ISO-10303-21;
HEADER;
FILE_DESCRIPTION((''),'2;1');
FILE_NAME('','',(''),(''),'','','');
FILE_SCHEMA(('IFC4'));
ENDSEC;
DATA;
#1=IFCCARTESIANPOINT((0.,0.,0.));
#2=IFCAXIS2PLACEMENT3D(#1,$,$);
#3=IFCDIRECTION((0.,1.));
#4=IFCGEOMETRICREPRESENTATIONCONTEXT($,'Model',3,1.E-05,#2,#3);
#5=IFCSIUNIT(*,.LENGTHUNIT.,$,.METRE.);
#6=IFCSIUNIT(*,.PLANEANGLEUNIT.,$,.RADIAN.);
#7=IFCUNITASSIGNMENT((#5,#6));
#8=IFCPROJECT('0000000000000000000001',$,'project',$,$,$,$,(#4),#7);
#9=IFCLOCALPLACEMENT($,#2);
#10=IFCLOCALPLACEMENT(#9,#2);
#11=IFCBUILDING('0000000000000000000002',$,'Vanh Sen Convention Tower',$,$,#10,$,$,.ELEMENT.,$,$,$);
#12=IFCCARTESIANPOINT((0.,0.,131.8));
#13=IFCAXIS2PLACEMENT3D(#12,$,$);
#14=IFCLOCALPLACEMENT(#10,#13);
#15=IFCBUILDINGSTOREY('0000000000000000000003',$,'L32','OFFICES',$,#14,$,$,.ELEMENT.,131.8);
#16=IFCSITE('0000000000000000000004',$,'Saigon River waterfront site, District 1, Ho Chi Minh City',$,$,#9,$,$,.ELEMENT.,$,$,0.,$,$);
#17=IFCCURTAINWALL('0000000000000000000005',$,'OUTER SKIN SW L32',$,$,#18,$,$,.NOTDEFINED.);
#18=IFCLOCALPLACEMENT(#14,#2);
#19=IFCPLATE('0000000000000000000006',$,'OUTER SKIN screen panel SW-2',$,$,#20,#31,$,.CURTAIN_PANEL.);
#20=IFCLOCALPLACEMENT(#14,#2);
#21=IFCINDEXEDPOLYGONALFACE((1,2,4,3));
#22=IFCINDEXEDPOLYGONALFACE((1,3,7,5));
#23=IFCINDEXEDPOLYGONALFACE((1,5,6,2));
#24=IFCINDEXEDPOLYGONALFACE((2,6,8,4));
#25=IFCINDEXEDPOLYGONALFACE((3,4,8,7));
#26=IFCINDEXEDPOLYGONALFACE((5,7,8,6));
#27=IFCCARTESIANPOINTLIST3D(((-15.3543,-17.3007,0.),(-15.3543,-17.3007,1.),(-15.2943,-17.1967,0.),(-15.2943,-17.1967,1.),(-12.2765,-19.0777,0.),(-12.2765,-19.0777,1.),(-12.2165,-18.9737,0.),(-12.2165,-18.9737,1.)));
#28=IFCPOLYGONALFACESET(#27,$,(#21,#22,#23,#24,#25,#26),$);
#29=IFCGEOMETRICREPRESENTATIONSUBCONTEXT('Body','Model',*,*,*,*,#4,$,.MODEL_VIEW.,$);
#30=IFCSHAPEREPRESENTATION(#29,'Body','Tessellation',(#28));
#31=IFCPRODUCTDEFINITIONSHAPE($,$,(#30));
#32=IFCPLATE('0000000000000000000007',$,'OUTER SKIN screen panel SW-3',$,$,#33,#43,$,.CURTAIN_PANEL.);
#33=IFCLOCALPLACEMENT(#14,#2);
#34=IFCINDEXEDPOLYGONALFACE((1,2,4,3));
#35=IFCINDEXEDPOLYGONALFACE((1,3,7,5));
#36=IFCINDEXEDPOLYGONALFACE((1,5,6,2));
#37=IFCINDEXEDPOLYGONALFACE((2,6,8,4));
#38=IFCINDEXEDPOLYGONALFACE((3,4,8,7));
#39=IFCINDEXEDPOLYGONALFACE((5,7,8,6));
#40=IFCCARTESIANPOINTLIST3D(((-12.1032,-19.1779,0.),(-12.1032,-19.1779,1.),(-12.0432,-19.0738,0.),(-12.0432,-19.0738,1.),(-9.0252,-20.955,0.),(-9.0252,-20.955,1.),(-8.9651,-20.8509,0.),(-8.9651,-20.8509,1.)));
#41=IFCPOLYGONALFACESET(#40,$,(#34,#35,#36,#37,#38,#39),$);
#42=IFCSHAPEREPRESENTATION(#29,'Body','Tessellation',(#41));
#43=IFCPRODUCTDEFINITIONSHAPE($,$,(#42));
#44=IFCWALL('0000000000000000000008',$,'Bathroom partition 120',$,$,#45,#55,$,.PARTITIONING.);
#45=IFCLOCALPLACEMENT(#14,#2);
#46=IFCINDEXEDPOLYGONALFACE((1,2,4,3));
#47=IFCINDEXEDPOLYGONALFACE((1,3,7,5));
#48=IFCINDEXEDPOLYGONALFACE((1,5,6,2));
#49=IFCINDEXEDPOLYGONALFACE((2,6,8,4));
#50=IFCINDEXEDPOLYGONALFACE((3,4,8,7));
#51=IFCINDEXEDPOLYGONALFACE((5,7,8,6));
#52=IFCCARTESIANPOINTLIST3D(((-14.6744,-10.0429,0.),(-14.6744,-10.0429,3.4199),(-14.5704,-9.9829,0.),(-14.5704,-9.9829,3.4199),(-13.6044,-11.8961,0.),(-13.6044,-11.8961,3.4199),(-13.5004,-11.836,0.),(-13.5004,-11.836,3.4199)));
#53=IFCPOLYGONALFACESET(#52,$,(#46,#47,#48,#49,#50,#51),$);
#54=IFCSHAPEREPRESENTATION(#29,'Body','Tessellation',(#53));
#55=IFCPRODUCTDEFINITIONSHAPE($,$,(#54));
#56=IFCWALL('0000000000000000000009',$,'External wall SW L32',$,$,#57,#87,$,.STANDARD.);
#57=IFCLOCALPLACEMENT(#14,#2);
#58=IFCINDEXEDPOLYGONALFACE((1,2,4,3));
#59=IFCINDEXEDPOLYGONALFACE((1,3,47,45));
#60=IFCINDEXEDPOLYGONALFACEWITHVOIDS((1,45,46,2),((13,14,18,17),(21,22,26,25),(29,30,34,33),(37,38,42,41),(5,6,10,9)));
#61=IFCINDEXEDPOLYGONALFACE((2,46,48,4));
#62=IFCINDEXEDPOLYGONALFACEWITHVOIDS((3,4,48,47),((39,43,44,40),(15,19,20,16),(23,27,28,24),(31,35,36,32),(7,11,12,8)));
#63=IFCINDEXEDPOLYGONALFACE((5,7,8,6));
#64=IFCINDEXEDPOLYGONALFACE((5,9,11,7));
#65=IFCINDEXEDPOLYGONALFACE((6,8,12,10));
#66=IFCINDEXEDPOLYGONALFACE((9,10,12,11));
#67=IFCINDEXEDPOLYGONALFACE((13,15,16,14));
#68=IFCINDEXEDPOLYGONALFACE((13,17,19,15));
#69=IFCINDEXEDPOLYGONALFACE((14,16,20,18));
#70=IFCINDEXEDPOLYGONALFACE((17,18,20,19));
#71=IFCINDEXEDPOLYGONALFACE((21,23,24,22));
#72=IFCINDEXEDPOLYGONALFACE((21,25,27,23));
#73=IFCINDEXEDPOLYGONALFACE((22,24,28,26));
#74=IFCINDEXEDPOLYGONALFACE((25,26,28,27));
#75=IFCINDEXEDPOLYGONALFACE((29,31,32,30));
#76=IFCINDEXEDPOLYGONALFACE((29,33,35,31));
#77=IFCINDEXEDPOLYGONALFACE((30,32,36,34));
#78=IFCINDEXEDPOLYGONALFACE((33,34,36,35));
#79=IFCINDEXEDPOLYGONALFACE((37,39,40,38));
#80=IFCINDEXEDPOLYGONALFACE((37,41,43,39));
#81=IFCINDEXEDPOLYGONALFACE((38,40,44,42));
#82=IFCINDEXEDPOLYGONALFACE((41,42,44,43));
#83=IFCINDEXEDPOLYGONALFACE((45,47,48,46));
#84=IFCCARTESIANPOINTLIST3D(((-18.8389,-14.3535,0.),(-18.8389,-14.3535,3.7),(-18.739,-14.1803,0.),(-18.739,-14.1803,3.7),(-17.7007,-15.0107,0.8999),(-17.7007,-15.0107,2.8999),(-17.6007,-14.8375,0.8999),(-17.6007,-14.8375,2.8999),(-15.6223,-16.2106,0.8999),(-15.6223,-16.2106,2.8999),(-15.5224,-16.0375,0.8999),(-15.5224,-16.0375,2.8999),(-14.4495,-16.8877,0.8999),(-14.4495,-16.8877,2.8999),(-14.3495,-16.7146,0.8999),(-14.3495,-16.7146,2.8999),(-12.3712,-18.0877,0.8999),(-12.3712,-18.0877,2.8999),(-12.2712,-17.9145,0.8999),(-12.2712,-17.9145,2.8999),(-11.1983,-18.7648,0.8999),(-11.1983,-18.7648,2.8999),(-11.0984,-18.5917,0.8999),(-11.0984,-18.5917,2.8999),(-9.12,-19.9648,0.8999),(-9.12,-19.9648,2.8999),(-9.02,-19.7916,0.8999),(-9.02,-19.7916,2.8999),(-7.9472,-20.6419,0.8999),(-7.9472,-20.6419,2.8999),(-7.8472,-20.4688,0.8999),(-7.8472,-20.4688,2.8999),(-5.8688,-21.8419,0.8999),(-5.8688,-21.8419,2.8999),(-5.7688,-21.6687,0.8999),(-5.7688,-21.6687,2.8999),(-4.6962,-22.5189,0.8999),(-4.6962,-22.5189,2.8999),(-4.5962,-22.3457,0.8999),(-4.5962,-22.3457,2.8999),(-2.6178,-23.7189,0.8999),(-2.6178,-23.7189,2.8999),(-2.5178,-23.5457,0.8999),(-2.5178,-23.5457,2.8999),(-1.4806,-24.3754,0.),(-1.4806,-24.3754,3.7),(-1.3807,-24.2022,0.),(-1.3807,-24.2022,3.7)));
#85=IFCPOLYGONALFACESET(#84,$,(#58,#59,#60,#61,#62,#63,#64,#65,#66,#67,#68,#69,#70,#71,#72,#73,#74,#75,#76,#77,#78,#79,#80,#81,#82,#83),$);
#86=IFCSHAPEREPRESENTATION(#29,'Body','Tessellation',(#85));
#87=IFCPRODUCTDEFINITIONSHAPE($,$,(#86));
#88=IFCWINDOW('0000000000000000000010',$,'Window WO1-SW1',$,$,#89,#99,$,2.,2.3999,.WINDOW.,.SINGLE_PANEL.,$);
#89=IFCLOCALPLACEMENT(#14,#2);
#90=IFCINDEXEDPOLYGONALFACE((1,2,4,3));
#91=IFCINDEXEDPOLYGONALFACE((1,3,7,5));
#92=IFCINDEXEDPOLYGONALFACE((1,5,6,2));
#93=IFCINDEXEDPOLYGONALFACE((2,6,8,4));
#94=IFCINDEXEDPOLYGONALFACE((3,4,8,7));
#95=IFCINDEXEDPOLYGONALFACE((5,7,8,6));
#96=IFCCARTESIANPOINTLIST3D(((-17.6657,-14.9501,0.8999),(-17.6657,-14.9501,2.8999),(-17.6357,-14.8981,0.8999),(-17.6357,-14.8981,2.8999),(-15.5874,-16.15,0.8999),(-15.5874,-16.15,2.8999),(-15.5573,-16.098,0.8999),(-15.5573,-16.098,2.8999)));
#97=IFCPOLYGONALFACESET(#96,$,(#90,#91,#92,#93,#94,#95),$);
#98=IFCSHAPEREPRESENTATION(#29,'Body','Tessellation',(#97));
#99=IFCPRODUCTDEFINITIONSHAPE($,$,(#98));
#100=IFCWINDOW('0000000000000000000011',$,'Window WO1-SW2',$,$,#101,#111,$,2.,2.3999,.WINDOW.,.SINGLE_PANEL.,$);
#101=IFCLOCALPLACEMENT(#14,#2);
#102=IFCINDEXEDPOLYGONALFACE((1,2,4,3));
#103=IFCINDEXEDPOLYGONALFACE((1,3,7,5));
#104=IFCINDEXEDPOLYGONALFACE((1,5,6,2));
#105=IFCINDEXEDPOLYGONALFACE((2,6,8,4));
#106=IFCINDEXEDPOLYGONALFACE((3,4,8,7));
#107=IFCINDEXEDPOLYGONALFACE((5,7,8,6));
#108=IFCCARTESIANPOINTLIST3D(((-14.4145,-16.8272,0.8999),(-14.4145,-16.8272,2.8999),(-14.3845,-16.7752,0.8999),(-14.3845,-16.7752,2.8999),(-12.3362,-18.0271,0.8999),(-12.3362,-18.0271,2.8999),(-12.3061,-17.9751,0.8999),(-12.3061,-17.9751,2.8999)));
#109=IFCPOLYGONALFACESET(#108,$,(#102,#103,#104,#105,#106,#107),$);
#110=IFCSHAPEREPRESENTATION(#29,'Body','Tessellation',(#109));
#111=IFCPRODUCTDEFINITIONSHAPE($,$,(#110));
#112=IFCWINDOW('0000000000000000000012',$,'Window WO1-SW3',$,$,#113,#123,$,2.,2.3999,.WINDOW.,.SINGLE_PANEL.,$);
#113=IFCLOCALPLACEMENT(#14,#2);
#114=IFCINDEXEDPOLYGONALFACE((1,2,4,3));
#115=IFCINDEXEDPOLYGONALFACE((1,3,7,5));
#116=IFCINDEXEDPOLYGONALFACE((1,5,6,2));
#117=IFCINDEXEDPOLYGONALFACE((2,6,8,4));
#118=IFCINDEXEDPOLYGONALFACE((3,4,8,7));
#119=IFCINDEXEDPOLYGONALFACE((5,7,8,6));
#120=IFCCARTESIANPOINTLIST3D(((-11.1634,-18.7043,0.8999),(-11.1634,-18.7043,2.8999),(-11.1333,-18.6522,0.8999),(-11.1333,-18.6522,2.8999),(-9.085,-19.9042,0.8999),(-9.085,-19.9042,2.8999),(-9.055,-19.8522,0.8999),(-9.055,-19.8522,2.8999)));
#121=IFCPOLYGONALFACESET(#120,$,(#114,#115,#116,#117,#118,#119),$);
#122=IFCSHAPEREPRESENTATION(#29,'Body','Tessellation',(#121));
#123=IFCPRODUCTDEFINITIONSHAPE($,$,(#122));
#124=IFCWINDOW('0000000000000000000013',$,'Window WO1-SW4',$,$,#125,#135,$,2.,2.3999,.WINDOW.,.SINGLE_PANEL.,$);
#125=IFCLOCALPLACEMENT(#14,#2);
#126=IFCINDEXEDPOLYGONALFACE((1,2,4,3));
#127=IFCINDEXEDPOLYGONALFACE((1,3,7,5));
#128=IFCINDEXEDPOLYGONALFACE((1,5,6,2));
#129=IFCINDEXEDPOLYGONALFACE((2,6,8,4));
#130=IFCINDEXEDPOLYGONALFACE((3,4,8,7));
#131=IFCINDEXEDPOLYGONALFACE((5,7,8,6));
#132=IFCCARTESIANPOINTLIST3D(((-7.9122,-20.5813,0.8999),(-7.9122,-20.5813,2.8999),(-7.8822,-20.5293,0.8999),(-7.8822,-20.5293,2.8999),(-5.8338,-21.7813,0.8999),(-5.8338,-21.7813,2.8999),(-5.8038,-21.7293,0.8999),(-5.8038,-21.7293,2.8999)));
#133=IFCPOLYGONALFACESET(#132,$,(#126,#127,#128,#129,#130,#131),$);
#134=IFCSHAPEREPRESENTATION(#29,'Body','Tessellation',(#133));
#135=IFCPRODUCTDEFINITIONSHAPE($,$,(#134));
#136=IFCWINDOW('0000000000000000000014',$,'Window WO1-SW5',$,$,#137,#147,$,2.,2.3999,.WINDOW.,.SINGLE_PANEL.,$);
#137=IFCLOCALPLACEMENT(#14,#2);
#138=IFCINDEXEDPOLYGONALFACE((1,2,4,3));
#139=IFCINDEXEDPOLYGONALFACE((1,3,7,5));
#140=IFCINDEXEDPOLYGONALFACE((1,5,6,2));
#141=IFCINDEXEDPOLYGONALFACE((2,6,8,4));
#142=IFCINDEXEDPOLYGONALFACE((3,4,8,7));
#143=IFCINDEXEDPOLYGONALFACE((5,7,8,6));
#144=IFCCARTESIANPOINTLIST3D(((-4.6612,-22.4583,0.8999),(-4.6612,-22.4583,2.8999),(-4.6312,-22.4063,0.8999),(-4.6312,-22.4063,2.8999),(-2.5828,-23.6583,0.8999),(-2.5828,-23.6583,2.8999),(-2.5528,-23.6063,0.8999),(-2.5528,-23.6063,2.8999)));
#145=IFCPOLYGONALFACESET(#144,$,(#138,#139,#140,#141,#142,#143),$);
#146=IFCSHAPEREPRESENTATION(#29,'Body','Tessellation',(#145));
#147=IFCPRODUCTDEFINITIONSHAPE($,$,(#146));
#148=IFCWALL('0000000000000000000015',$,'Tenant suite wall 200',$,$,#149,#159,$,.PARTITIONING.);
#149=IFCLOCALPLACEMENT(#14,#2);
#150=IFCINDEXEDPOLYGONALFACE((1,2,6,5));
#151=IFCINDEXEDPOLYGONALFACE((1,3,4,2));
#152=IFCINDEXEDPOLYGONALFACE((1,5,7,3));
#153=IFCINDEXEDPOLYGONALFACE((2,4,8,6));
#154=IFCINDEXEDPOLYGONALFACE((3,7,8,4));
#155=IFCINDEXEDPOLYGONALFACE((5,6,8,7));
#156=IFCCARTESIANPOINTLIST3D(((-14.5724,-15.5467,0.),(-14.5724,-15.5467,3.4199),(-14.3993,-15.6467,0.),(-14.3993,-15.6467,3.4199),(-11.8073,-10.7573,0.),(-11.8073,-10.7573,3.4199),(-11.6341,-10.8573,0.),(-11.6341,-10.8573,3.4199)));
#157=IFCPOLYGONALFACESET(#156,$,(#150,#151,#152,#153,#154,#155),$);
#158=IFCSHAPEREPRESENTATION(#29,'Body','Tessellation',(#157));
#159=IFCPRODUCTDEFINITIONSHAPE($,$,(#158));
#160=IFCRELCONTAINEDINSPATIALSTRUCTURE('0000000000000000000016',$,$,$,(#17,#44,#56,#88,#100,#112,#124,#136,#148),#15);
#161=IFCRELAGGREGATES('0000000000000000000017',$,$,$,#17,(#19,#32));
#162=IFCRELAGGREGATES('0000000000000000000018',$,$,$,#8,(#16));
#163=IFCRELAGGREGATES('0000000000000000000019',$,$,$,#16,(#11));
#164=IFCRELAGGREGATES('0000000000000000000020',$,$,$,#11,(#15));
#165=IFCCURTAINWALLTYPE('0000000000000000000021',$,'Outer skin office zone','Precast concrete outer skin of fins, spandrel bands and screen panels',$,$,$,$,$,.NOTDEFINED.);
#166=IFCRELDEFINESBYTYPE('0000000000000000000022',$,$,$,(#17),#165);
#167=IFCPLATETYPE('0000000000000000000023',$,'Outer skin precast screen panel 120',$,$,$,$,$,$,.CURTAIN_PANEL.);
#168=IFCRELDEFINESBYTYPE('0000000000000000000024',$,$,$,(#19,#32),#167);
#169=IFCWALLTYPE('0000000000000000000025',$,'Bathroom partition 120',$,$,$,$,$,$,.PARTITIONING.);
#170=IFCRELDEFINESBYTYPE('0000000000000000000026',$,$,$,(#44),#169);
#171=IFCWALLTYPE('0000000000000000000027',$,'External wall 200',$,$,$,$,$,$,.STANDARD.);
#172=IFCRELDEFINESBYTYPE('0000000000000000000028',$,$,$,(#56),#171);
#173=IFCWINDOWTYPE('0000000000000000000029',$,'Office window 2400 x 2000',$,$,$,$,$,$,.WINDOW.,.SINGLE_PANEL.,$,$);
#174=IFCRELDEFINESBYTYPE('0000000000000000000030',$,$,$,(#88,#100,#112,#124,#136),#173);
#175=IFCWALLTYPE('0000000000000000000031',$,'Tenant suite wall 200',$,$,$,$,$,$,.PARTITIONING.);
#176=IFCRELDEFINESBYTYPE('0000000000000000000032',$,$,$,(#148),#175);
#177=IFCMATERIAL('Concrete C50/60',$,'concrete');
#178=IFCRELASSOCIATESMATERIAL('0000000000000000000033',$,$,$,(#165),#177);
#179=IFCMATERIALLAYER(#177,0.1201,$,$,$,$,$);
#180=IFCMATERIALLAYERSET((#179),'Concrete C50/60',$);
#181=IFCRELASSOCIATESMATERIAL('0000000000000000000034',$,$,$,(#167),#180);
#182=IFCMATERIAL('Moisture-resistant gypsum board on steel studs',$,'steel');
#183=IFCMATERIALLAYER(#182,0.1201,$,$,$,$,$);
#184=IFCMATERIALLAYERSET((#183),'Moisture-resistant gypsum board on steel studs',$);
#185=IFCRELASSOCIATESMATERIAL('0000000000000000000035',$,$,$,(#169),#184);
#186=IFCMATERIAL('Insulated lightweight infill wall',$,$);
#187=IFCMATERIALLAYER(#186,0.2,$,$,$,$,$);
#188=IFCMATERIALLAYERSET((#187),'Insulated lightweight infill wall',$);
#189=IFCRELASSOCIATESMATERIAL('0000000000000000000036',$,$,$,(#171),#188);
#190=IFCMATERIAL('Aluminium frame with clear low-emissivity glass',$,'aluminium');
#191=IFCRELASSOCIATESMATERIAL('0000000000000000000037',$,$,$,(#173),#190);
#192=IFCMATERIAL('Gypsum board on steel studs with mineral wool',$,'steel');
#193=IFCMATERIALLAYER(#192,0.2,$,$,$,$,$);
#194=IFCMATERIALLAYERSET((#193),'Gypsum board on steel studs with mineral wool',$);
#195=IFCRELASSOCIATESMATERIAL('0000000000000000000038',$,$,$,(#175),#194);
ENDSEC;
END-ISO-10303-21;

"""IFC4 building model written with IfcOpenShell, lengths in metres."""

from ifc_helpers import new_model, si_unit, direction, frame, frame_2d, origin, origin_2d, place, context, subcontext, project, spatial, rectangle, extrude, material, layer, layer_set, type_object, element, fill, aggregate, save


model = new_model("IFC4")

# Units and contexts
model_context = context("Model", 3, precision=1e-05, world=origin(), true_north=direction((0.0, 1.0)))
body_context = subcontext(model_context, "Body", "Model", "MODEL_VIEW")
ifc_project = project(units=[si_unit("LENGTHUNIT", "METRE"), si_unit("PLANEANGLEUNIT", "RADIAN")], contexts=[model_context])

# Site, building, storey
site_placement = place(None, origin())
site = spatial("IfcSite", under=ifc_project, at=site_placement, Name="Saigon River waterfront site, District 1, Ho Chi Minh City", CompositionType="ELEMENT", RefElevation=0.0)
building_placement = place(site_placement, origin())
building = spatial("IfcBuilding", under=site, at=building_placement, Name="Vanh Sen Convention Tower", CompositionType="ELEMENT")
storey_placement = place(building_placement, frame((0.0, 0.0, 131.8)))
storey = spatial("IfcBuildingStorey", under=building, at=storey_placement, Name="L32", Description="OFFICES", CompositionType="ELEMENT", Elevation=131.8)

# Curtain wall
ifc_material_1 = material(Name="Concrete C50/60", Category="concrete")
curtain_wall_type = type_object("IfcCurtainWallType", Name="Outer skin office zone", Description="Precast concrete outer skin of fins, spandrel bands and screen panels", PredefinedType="NOTDEFINED", material=ifc_material_1)
curtain_wall_1_placement = place(storey_placement, origin())
curtain_wall_1 = element("IfcCurtainWall", 1, at=curtain_wall_1_placement, inside=storey, type_object=curtain_wall_type, Name="OUTER SKIN SW L32", PredefinedType="NOTDEFINED")

# Shared definitions
ifc_layer_1 = layer(ifc_material_1, 0.1201)
ifc_layer_set_1 = layer_set([ifc_layer_1], Name="Concrete C50/60")
plate_type = type_object("IfcPlateType", Name="Outer skin precast screen panel 120", PredefinedType="CURTAIN_PANEL", material=ifc_layer_set_1)

# Plates
plate_1_placement = place(storey_placement, frame((-13.7854, -18.1372, 0.0), z_axis=(0.0, 0.0, 1.0), x_axis=(0.866028, -0.499995, 0.0)))
plate_1 = element("IfcPlate", 2, at=plate_1_placement, type_object=plate_type, Name="OUTER SKIN screen panel SW-2", PredefinedType="CURTAIN_PANEL", context=body_context, shape_type="SweptSolid", body=[
    extrude(rectangle(XDim=3.554, YDim=0.1201, at=origin_2d()), origin(), (0.0, 0.0, 1.0), 1.0),
])
plate_2_placement = place(storey_placement, frame((-10.5342, -20.0144, 0.0), z_axis=(0.0, 0.0, 1.0), x_axis=(0.866024, -0.500003, 0.0)))
plate_2 = element("IfcPlate", 3, at=plate_2_placement, type_object=plate_type, Name="OUTER SKIN screen panel SW-3", PredefinedType="CURTAIN_PANEL", context=body_context, shape_type="SweptSolid", body=[
    extrude(rectangle(XDim=3.5542, YDim=0.1201, at=origin_2d()), origin(), (0.0, 0.0, 1.0), 1.0),
])
aggregate(curtain_wall_1, [plate_1, plate_2])

# Wall
ifc_material_2 = material(Name="Moisture-resistant gypsum board on steel studs", Category="steel")
ifc_layer_2 = layer(ifc_material_2, 0.1201)
ifc_layer_set_2 = layer_set([ifc_layer_2], Name="Moisture-resistant gypsum board on steel studs")
wall_type_1 = type_object("IfcWallType", Name="Bathroom partition 120", PredefinedType="PARTITIONING", material=ifc_layer_set_2)
wall_1_placement = place(storey_placement, frame((-13.5525, -11.866, 0.0), z_axis=(0.0, 0.0, 1.0), x_axis=(-0.500029, 0.866009, 0.0)))
element("IfcWall", 4, at=wall_1_placement, inside=storey, type_object=wall_type_1, Name="Bathroom partition 120", PredefinedType="PARTITIONING", context=body_context, shape_type="SweptSolid", body=[
    extrude(rectangle(XDim=2.1399, YDim=0.1201, at=frame_2d((1.0698, 0.0))), origin(), (0.0, 0.0, 1.0), 3.4199),
])

# Wall, openings, windows
ifc_material_3 = material(Name="Insulated lightweight infill wall")
ifc_layer_3 = layer(ifc_material_3, 0.2)
ifc_layer_set_3 = layer_set([ifc_layer_3], Name="Insulated lightweight infill wall")
wall_type_2 = type_object("IfcWallType", Name="External wall 200", PredefinedType="STANDARD", material=ifc_layer_set_3)
wall_2_placement = place(storey_placement, frame((-18.7891, -14.2668, 0.0), z_axis=(0.0, 0.0, 1.0), x_axis=(0.866023, -0.500004, 0.0)))
wall_2 = element("IfcWall", 5, at=wall_2_placement, inside=storey, type_object=wall_type_2, Name="External wall SW L32", PredefinedType="STANDARD", context=body_context, shape_type="SweptSolid", body=[
    extrude(rectangle(XDim=20.0437, YDim=0.2, at=frame_2d((10.022, 0.0))), origin(), (0.0, 0.0, 1.0), 3.7),
])
opening_1_placement = place(wall_2_placement, frame((1.3145, 0.0, 0.8999)))
opening_1 = element("IfcOpeningElement", 6, at=opening_1_placement, cuts=wall_2, PredefinedType="OPENING", context=body_context, shape_type="SweptSolid", body=[
    extrude(rectangle(XDim=2.3999, YDim=2.0, at=frame_2d((1.2, 1.0))), frame((0.0, 0.1099, 0.0), z_axis=(0.0, -1.0, 0.0), x_axis=(1.0, 0.0, 0.0)), (0.0, 0.0, 1.0), 0.22),
])
opening_2_placement = place(wall_2_placement, frame((5.0686, 0.0, 0.8999)))
opening_2 = element("IfcOpeningElement", 7, at=opening_2_placement, cuts=wall_2, PredefinedType="OPENING", context=body_context, shape_type="SweptSolid", body=[
    extrude(rectangle(XDim=2.3999, YDim=2.0, at=frame_2d((1.2, 1.0))), frame((0.0, 0.1099, 0.0), z_axis=(0.0, -1.0, 0.0), x_axis=(1.0, 0.0, 0.0)), (0.0, 0.0, 1.0), 0.22),
])
opening_3_placement = place(wall_2_placement, frame((8.8228, 0.0, 0.8999)))
opening_3 = element("IfcOpeningElement", 8, at=opening_3_placement, cuts=wall_2, PredefinedType="OPENING", context=body_context, shape_type="SweptSolid", body=[
    extrude(rectangle(XDim=2.3999, YDim=2.0, at=frame_2d((1.2, 1.0))), frame((0.0, 0.1099, 0.0), z_axis=(0.0, -1.0, 0.0), x_axis=(1.0, 0.0, 0.0)), (0.0, 0.0, 1.0), 0.22),
])
opening_4_placement = place(wall_2_placement, frame((12.5769, 0.0, 0.8999)))
opening_4 = element("IfcOpeningElement", 9, at=opening_4_placement, cuts=wall_2, PredefinedType="OPENING", context=body_context, shape_type="SweptSolid", body=[
    extrude(rectangle(XDim=2.3999, YDim=2.0, at=frame_2d((1.2, 1.0))), frame((0.0, 0.1099, 0.0), z_axis=(0.0, -1.0, 0.0), x_axis=(1.0, 0.0, 0.0)), (0.0, 0.0, 1.0), 0.22),
])
opening_5_placement = place(wall_2_placement, frame((16.3308, 0.0, 0.8999)))
opening_5 = element("IfcOpeningElement", 10, at=opening_5_placement, cuts=wall_2, PredefinedType="OPENING", context=body_context, shape_type="SweptSolid", body=[
    extrude(rectangle(XDim=2.3999, YDim=2.0, at=frame_2d((1.2, 1.0))), frame((0.0, 0.1099, 0.0), z_axis=(0.0, -1.0, 0.0), x_axis=(1.0, 0.0, 0.0)), (0.0, 0.0, 1.0), 0.22),
])
ifc_material_4 = material(Name="Aluminium frame with clear low-emissivity glass", Category="aluminium")
window_type = type_object("IfcWindowType", Name="Office window 2400 x 2000", PartitioningType="SINGLE_PANEL", PredefinedType="WINDOW", material=ifc_material_4)
window_1_placement = place(opening_1_placement, origin())
window_1 = element("IfcWindow", 11, at=window_1_placement, inside=storey, type_object=window_type, Name="Window WO1-SW1", OverallHeight=2.0, OverallWidth=2.3999, PartitioningType="SINGLE_PANEL", PredefinedType="WINDOW", context=body_context, shape_type="SweptSolid", body=[
    extrude(rectangle(XDim=2.3999, YDim=2.0, at=frame_2d((1.2, 1.0))), frame((0.0, 0.03, 0.0), z_axis=(0.0, -1.0, 0.0), x_axis=(1.0, 0.0, 0.0)), (0.0, 0.0, 1.0), 0.0601),
])
fill(opening_1, window_1)
window_2_placement = place(opening_2_placement, origin())
window_2 = element("IfcWindow", 12, at=window_2_placement, inside=storey, type_object=window_type, Name="Window WO1-SW2", OverallHeight=2.0, OverallWidth=2.3999, PartitioningType="SINGLE_PANEL", PredefinedType="WINDOW", context=body_context, shape_type="SweptSolid", body=[
    extrude(rectangle(XDim=2.3999, YDim=2.0, at=frame_2d((1.2, 1.0))), frame((0.0, 0.03, 0.0), z_axis=(0.0, -1.0, 0.0), x_axis=(1.0, 0.0, 0.0)), (0.0, 0.0, 1.0), 0.0601),
])
fill(opening_2, window_2)
window_3_placement = place(opening_3_placement, origin())
window_3 = element("IfcWindow", 13, at=window_3_placement, inside=storey, type_object=window_type, Name="Window WO1-SW3", OverallHeight=2.0, OverallWidth=2.3999, PartitioningType="SINGLE_PANEL", PredefinedType="WINDOW", context=body_context, shape_type="SweptSolid", body=[
    extrude(rectangle(XDim=2.3999, YDim=2.0, at=frame_2d((1.2, 1.0))), frame((0.0, 0.03, 0.0), z_axis=(0.0, -1.0, 0.0), x_axis=(1.0, 0.0, 0.0)), (0.0, 0.0, 1.0), 0.0601),
])
fill(opening_3, window_3)
window_4_placement = place(opening_4_placement, origin())
window_4 = element("IfcWindow", 14, at=window_4_placement, inside=storey, type_object=window_type, Name="Window WO1-SW4", OverallHeight=2.0, OverallWidth=2.3999, PartitioningType="SINGLE_PANEL", PredefinedType="WINDOW", context=body_context, shape_type="SweptSolid", body=[
    extrude(rectangle(XDim=2.3999, YDim=2.0, at=frame_2d((1.2, 1.0))), frame((0.0, 0.03, 0.0), z_axis=(0.0, -1.0, 0.0), x_axis=(1.0, 0.0, 0.0)), (0.0, 0.0, 1.0), 0.0601),
])
fill(opening_4, window_4)
window_5_placement = place(opening_5_placement, origin())
window_5 = element("IfcWindow", 15, at=window_5_placement, inside=storey, type_object=window_type, Name="Window WO1-SW5", OverallHeight=2.0, OverallWidth=2.3999, PartitioningType="SINGLE_PANEL", PredefinedType="WINDOW", context=body_context, shape_type="SweptSolid", body=[
    extrude(rectangle(XDim=2.3999, YDim=2.0, at=frame_2d((1.2, 1.0))), frame((0.0, 0.03, 0.0), z_axis=(0.0, -1.0, 0.0), x_axis=(1.0, 0.0, 0.0)), (0.0, 0.0, 1.0), 0.0601),
])
fill(opening_5, window_5)

# Wall
ifc_material_5 = material(Name="Gypsum board on steel studs with mineral wool", Category="steel")
ifc_layer_4 = layer(ifc_material_5, 0.2)
ifc_layer_set_4 = layer_set([ifc_layer_4], Name="Gypsum board on steel studs with mineral wool")
wall_type_3 = type_object("IfcWallType", Name="Tenant suite wall 200", PredefinedType="PARTITIONING", material=ifc_layer_set_4)
wall_3_placement = place(storey_placement, frame((-14.4858, -15.5967, 0.0), z_axis=(0.0, 0.0, 1.0), x_axis=(0.500004, 0.866023, 0.0)))
element("IfcWall", 16, at=wall_3_placement, inside=storey, type_object=wall_type_3, Name="Tenant suite wall 200", PredefinedType="PARTITIONING", context=body_context, shape_type="SweptSolid", body=[
    extrude(rectangle(XDim=5.5303, YDim=0.2, at=frame_2d((2.7651, 0.0))), origin(), (0.0, 0.0, 1.0), 3.4199),
])

save(model, "model.ifc")
